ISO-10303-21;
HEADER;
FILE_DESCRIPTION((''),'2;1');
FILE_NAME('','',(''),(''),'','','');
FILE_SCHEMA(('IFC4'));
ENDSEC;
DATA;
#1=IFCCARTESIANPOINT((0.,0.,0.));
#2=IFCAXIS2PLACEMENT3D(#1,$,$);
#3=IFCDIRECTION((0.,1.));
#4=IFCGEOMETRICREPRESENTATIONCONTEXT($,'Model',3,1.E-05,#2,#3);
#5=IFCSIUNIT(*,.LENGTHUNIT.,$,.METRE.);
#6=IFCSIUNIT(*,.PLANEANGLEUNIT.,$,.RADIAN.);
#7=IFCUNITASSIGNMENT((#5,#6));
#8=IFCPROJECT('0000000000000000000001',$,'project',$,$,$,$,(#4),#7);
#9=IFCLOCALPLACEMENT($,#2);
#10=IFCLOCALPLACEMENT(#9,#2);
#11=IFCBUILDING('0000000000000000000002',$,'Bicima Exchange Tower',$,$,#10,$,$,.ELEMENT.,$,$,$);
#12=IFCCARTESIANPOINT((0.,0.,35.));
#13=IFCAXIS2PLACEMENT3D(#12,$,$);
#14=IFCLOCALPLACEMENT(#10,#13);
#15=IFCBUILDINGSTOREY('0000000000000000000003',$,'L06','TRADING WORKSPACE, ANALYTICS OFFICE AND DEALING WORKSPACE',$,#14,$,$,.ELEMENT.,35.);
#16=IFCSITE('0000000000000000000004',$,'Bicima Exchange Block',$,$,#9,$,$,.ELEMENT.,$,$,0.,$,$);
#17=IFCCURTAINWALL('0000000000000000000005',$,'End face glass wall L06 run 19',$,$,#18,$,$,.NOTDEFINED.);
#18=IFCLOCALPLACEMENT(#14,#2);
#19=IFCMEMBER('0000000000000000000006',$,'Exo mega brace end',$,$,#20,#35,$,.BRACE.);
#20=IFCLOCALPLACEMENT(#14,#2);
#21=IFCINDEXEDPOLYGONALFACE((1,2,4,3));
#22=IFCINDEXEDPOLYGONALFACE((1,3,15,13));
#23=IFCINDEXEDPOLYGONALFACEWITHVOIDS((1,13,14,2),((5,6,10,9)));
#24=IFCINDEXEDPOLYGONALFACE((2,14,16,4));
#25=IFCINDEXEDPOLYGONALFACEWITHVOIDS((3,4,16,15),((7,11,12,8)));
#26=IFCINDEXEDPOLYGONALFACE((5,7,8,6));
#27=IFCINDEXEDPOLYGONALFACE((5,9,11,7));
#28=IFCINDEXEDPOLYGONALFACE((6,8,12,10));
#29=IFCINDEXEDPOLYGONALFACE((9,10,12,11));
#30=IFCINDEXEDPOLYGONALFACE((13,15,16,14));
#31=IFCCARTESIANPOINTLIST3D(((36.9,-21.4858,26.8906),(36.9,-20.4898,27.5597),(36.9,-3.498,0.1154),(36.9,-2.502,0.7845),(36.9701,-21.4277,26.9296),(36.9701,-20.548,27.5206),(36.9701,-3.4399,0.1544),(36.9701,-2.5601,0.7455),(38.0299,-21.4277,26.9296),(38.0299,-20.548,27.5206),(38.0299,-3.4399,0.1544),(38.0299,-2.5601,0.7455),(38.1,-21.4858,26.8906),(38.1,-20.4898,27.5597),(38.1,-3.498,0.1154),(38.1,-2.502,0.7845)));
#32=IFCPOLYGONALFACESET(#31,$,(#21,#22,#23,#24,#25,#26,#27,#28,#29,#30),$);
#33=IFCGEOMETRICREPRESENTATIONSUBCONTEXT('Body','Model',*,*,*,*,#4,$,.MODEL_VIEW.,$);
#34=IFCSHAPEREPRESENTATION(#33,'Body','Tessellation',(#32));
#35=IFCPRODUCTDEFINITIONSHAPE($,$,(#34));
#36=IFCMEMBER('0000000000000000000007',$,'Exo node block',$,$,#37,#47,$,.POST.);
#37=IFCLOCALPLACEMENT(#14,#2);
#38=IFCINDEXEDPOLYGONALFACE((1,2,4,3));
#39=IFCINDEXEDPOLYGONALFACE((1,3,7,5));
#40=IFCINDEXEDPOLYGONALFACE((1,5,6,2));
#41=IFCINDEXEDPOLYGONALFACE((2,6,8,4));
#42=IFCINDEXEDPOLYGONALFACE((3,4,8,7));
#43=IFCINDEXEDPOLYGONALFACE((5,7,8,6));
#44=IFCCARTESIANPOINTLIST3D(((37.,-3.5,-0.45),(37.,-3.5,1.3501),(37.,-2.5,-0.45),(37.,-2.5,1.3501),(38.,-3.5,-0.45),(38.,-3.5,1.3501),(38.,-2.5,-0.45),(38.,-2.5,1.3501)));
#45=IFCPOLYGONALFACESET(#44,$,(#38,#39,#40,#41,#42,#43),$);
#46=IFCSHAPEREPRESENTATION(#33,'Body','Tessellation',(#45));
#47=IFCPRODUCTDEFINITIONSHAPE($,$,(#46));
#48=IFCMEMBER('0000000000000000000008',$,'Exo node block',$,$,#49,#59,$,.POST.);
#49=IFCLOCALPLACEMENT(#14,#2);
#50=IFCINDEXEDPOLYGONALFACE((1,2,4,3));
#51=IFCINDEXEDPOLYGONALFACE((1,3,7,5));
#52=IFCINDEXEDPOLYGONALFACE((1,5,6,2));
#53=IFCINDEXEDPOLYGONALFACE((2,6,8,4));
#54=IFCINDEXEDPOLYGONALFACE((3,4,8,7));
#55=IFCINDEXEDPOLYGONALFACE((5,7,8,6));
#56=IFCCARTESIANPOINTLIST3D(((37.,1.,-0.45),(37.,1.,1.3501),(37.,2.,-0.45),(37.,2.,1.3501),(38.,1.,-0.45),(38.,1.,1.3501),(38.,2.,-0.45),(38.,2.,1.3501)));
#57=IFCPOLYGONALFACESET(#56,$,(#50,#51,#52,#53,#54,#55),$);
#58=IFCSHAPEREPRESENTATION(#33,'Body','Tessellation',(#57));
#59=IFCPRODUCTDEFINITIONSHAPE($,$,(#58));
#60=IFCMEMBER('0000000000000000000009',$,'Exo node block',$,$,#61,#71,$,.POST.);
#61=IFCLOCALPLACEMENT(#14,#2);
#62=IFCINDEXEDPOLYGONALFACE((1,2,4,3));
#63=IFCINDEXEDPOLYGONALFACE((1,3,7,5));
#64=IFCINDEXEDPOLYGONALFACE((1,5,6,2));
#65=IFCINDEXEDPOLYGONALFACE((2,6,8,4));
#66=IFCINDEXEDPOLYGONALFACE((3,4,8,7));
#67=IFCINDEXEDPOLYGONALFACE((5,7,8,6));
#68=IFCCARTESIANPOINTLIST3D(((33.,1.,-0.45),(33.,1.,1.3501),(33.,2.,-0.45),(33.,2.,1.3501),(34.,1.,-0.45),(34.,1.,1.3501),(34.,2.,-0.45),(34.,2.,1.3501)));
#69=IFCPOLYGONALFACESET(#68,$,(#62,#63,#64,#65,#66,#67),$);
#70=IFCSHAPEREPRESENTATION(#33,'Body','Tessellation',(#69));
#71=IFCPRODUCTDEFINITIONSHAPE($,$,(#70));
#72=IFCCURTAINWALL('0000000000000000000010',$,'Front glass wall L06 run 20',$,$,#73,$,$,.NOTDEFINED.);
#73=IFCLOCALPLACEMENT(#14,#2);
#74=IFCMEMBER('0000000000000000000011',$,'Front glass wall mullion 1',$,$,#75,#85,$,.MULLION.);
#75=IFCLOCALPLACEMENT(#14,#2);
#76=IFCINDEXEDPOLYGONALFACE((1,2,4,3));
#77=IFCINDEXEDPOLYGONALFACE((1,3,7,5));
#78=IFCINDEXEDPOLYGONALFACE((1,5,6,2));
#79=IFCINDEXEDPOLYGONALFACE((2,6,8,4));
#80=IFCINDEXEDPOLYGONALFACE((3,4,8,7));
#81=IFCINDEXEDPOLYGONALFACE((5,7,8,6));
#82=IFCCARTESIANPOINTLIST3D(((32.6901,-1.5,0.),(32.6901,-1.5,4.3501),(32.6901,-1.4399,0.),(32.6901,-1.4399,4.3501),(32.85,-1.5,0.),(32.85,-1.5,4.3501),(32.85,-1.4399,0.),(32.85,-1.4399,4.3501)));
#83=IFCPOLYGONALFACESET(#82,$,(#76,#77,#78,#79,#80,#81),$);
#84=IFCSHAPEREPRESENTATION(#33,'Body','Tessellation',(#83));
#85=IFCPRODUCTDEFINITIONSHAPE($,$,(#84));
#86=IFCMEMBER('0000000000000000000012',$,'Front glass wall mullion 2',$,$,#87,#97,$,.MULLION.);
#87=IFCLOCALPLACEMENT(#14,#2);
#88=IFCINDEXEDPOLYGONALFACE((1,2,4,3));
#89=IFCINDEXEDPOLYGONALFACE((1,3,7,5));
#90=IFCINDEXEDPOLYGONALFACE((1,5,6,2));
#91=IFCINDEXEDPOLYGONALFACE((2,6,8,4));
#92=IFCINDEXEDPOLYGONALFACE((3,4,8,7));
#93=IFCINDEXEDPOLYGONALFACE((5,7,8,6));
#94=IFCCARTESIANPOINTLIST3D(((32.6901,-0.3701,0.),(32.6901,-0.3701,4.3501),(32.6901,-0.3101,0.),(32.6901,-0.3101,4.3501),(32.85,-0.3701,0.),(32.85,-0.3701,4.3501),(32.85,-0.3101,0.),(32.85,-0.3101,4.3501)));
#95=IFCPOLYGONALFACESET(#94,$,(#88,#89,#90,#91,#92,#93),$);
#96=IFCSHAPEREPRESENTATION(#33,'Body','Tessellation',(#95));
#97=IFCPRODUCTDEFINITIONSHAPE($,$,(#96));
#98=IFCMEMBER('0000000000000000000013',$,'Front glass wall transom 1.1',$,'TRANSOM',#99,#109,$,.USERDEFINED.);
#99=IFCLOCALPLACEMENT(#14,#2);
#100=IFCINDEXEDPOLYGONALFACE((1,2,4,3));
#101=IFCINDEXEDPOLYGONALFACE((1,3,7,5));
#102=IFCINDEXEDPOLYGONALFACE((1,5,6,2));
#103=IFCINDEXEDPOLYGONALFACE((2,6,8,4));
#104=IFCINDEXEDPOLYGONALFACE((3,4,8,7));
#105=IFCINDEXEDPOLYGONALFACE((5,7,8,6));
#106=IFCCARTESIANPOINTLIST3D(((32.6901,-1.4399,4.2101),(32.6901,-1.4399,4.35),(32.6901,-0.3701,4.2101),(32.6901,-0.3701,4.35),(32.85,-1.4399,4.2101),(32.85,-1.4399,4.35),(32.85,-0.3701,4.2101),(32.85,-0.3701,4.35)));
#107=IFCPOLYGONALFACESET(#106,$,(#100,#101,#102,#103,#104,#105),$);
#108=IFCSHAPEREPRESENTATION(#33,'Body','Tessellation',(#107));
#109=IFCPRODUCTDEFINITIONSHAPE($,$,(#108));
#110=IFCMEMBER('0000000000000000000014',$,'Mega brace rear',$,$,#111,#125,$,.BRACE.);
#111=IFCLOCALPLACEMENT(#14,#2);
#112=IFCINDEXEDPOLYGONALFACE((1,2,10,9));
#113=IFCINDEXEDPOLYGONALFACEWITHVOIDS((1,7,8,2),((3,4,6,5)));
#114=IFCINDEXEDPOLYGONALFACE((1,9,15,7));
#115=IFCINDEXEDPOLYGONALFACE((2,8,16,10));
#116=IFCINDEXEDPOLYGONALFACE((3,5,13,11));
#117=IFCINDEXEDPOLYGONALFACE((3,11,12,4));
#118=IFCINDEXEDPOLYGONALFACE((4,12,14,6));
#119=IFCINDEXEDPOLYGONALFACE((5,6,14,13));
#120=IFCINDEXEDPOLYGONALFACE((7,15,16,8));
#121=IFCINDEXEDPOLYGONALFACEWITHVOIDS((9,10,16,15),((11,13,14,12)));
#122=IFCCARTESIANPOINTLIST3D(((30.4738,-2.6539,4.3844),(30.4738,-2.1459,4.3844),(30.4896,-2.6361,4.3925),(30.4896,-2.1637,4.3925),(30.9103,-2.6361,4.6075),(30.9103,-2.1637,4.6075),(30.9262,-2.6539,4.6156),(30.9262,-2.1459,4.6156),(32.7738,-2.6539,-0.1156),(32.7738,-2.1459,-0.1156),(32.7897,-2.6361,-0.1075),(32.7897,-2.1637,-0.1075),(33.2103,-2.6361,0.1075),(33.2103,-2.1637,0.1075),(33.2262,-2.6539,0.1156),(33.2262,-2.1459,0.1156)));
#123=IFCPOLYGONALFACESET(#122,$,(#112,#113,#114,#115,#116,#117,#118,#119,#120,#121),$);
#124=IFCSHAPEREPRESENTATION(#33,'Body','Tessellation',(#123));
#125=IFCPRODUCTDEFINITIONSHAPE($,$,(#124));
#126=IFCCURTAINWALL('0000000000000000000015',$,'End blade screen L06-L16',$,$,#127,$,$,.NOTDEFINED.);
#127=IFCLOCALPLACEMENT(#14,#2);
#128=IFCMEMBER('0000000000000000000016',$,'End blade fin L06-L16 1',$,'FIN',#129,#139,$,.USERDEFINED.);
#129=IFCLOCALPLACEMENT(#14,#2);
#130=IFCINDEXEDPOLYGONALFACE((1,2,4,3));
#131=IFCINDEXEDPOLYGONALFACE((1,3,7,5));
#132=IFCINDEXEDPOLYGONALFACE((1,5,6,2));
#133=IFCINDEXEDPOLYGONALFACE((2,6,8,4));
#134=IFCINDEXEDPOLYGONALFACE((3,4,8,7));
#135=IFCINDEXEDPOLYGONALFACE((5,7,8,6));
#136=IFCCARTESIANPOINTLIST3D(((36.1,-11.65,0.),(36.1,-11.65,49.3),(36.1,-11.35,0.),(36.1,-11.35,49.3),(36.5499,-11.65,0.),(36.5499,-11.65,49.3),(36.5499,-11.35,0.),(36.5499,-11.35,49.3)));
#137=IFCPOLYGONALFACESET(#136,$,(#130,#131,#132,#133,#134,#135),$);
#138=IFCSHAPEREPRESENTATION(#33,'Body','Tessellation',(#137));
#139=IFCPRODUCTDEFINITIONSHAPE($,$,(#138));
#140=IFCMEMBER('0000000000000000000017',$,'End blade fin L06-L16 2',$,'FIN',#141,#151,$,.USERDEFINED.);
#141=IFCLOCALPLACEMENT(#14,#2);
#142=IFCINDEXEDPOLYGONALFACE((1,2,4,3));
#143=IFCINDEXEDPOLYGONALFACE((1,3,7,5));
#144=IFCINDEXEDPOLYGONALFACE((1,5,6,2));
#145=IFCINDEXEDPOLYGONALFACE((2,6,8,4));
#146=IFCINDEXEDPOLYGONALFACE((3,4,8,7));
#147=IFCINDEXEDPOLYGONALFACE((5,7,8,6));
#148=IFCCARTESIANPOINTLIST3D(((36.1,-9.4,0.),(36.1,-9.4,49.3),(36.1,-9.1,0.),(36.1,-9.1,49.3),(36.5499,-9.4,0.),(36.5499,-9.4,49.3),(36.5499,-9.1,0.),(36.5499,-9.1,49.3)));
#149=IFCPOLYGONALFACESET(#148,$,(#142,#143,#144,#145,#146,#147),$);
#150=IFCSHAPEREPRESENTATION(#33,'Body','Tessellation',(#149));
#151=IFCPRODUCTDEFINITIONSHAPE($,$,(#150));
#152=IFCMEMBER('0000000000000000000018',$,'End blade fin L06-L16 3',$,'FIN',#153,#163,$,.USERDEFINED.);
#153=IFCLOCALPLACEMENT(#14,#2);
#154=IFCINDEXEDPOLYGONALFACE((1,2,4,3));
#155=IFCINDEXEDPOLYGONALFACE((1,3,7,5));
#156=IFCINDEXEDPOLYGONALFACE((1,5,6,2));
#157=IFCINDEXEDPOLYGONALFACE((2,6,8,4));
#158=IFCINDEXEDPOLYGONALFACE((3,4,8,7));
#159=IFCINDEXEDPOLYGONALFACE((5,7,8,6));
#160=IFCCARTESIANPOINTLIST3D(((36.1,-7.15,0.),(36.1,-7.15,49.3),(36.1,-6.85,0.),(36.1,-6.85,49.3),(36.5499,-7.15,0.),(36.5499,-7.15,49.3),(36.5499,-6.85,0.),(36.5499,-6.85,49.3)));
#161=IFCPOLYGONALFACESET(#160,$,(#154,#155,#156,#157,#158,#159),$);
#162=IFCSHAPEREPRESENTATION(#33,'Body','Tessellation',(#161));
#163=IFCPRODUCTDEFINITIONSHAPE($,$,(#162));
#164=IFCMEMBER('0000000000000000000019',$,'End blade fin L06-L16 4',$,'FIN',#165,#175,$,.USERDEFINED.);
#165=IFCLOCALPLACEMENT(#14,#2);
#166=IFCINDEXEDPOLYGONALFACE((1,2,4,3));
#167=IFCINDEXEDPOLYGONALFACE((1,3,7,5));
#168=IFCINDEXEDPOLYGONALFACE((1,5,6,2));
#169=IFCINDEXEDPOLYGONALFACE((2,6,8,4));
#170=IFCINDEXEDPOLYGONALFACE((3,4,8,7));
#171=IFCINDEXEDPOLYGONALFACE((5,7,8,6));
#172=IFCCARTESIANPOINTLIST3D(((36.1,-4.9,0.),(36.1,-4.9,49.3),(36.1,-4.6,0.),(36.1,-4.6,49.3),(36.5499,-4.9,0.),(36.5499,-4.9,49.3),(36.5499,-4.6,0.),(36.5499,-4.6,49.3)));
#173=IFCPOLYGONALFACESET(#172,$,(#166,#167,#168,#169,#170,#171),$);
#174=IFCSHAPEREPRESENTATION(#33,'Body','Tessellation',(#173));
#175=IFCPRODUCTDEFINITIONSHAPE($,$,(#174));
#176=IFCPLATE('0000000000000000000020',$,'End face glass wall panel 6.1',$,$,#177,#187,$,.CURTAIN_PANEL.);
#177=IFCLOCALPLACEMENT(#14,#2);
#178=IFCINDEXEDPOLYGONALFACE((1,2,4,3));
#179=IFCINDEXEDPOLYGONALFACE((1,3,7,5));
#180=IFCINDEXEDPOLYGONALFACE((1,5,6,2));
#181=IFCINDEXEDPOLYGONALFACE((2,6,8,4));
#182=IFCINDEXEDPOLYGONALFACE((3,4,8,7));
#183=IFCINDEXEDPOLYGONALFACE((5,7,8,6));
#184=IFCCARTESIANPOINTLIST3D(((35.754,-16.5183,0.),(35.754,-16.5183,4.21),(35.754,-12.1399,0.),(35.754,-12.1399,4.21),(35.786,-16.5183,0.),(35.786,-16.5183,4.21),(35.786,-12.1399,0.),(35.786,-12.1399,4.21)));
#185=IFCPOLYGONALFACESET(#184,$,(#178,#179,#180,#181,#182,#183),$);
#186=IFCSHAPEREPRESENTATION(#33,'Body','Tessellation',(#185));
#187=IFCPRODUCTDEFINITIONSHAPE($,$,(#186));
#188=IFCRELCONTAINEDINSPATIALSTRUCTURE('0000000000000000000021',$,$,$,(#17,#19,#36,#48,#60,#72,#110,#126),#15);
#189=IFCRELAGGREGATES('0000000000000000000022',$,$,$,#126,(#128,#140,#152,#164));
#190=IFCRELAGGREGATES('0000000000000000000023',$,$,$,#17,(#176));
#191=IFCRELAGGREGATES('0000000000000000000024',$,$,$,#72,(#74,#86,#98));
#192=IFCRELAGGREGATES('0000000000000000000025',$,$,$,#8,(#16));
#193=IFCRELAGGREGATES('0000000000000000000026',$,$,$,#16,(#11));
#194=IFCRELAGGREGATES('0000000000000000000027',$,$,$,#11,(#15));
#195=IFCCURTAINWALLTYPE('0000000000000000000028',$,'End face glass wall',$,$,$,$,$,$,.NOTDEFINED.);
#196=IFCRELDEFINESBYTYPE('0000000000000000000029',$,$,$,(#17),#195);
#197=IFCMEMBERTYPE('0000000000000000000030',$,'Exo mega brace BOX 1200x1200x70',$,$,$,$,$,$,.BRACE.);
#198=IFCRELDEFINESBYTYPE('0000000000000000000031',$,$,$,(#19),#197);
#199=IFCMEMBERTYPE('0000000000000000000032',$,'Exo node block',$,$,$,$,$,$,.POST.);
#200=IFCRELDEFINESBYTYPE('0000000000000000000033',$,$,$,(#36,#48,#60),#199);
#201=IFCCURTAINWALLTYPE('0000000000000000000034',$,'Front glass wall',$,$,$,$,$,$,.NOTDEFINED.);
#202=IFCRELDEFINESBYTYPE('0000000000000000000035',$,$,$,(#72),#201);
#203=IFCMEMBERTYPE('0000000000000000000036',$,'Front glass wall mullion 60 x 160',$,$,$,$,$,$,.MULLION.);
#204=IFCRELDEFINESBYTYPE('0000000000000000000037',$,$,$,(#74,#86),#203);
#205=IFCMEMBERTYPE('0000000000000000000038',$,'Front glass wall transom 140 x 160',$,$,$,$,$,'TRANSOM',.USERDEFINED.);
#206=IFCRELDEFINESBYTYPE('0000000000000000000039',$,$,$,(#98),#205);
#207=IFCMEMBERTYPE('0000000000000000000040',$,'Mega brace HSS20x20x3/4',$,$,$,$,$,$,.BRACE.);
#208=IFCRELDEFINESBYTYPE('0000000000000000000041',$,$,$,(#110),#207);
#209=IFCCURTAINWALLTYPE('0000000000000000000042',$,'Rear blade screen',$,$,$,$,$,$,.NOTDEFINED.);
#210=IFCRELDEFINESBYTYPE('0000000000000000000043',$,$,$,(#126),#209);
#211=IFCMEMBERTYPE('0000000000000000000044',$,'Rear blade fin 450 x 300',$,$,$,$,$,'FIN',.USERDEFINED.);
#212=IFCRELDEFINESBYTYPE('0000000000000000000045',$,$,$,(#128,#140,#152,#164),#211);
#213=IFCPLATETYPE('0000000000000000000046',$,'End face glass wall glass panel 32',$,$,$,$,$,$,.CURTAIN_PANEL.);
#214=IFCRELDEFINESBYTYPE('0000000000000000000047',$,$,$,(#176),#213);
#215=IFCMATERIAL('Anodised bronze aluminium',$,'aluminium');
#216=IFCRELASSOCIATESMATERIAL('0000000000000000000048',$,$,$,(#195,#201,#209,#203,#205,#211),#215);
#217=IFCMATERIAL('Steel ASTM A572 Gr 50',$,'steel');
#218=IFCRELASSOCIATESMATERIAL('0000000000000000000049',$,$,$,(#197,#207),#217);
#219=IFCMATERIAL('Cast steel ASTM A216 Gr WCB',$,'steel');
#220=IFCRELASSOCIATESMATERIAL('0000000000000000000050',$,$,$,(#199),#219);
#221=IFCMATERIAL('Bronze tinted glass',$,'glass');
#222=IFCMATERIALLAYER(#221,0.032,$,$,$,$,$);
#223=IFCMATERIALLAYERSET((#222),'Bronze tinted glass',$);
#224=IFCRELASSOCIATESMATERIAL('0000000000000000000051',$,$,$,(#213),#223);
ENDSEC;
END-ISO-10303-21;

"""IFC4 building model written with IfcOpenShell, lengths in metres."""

from ifc_helpers import new_model, si_unit, direction, frame, origin, origin_2d, place, context, subcontext, project, spatial, rectangle, hollow_rectangle, extrude, material, layer, layer_set, material_profile, profile_set, type_object, element, aggregate, save


model = new_model("IFC4")

# Units and contexts
model_context = context("Model", 3, precision=1e-05, world=origin(), true_north=direction((0.0, 1.0)))
body_context = subcontext(model_context, "Body", "Model", "MODEL_VIEW")
ifc_project = project(units=[si_unit("LENGTHUNIT", "METRE"), si_unit("PLANEANGLEUNIT", "RADIAN")], contexts=[model_context])

# Site, building, storey
site_placement = place(None, origin())
site = spatial("IfcSite", under=ifc_project, at=site_placement, Name="Bicima Exchange Block", CompositionType="ELEMENT", RefElevation=0.0)
building_placement = place(site_placement, origin())
building = spatial("IfcBuilding", under=site, at=building_placement, Name="Bicima Exchange Tower", CompositionType="ELEMENT")
storey_placement = place(building_placement, frame((0.0, 0.0, 35.0)))
storey = spatial("IfcBuildingStorey", under=building, at=storey_placement, Name="L06", Description="TRADING WORKSPACE, ANALYTICS OFFICE AND DEALING WORKSPACE", CompositionType="ELEMENT", Elevation=35.0)

# Shared definitions
ifc_material_1 = material(Name="Steel ASTM A572 Gr 50", Category="steel")

# Curtain wall
ifc_material_2 = material(Name="Anodised bronze aluminium", Category="aluminium")
curtain_wall_type_1 = type_object("IfcCurtainWallType", Name="End face glass wall", PredefinedType="NOTDEFINED", material=ifc_material_2)
curtain_wall_1_placement = place(storey_placement, origin())
curtain_wall_1 = element("IfcCurtainWall", 1, at=curtain_wall_1_placement, inside=storey, type_object=curtain_wall_type_1, Name="End face glass wall L06 run 19", PredefinedType="NOTDEFINED")
ifc_material_profile_1 = material_profile(ifc_material_2, rectangle(XDim=0.1599, YDim=0.0601, at=origin_2d()))
ifc_profile_set_1 = profile_set([ifc_material_profile_1], Name="Anodised bronze aluminium")

# Members
ifc_material_profile_2 = material_profile(ifc_material_1, hollow_rectangle(XDim=1.2, YDim=1.2, WallThickness=0.0701, at=origin_2d()))
ifc_profile_set_2 = profile_set([ifc_material_profile_2], Name="Steel ASTM A572 Gr 50")
member_type_1 = type_object("IfcMemberType", Name="Exo mega brace BOX 1200x1200x70", PredefinedType="BRACE", material=ifc_profile_set_2)
member_1_placement = place(storey_placement, frame((37.5, -3.0, 0.45), z_axis=(0.0, -0.557652, 0.830075), x_axis=(1.0, 0.0, 0.0)))
element("IfcMember", 2, at=member_1_placement, inside=storey, type_object=member_type_1, Name="Exo mega brace end", PredefinedType="BRACE", context=body_context, shape_type="SweptSolid", body=[
    extrude(hollow_rectangle(XDim=1.2, YDim=1.2, WallThickness=0.0701, at=origin_2d()), origin(), (0.0, 0.0, 1.0), 32.2563),
])
ifc_material_3 = material(Name="Cast steel ASTM A216 Gr WCB", Category="steel")
ifc_material_profile_3 = material_profile(ifc_material_3, rectangle(XDim=1.0, YDim=1.0, at=origin_2d()))
ifc_profile_set_3 = profile_set([ifc_material_profile_3], Name="Cast steel ASTM A216 Gr WCB")
member_type_2 = type_object("IfcMemberType", Name="Exo node block", PredefinedType="POST", material=ifc_profile_set_3)
for number, where, z_axis, x_axis, name in (
    (3, (37.5, -3.0, -0.45), (0.0, 0.0, 1.0), (1.0, 0.0, 0.0), "Exo node block"),
    (4, (37.5, 1.5, -0.45), (0.0, 0.0, 1.0), (1.0, 0.0, 0.0), "Exo node block"),
    (5, (33.5, 1.5, -0.45), (0.0, 0.0, 1.0), (1.0, 0.0, 0.0), "Exo node block"),
):
    element("IfcMember", number, at=place(storey_placement, frame(where, z_axis=z_axis, x_axis=x_axis)), inside=storey, type_object=member_type_2, Name=name, PredefinedType="POST", context=body_context, shape_type="SweptSolid", body=[
        extrude(rectangle(XDim=1.0, YDim=1.0, at=origin_2d()), origin(), (0.0, 0.0, 1.0), 1.8),
    ])

# Curtain wall, members
curtain_wall_type_2 = type_object("IfcCurtainWallType", Name="Front glass wall", PredefinedType="NOTDEFINED", material=ifc_material_2)
curtain_wall_2_placement = place(storey_placement, origin())
curtain_wall_2 = element("IfcCurtainWall", 6, at=curtain_wall_2_placement, inside=storey, type_object=curtain_wall_type_2, Name="Front glass wall L06 run 20", PredefinedType="NOTDEFINED")
member_type_3 = type_object("IfcMemberType", Name="Front glass wall mullion 60 x 160", PredefinedType="MULLION", material=ifc_profile_set_1)
member_2_placement = place(storey_placement, frame((32.77, -1.47, 0.0), z_axis=(0.0, 0.0, 1.0), x_axis=(-1.0, 0.0, 0.0)))
member_2 = element("IfcMember", 7, at=member_2_placement, type_object=member_type_3, Name="Front glass wall mullion 1", PredefinedType="MULLION", context=body_context, shape_type="SweptSolid", body=[
    extrude(rectangle(XDim=0.1599, YDim=0.0601, at=origin_2d()), origin(), (0.0, 0.0, 1.0), 4.3501),
])
member_3_placement = place(storey_placement, frame((32.77, -0.3401, 0.0), z_axis=(0.0, 0.0, 1.0), x_axis=(-1.0, 0.0, 0.0)))
member_3 = element("IfcMember", 8, at=member_3_placement, type_object=member_type_3, Name="Front glass wall mullion 2", PredefinedType="MULLION", context=body_context, shape_type="SweptSolid", body=[
    extrude(rectangle(XDim=0.1599, YDim=0.0601, at=origin_2d()), origin(), (0.0, 0.0, 1.0), 4.3501),
])
ifc_material_profile_4 = material_profile(ifc_material_2, rectangle(XDim=0.1599, YDim=0.1399, at=origin_2d()))
ifc_profile_set_4 = profile_set([ifc_material_profile_4], Name="Anodised bronze aluminium")
member_type_4 = type_object("IfcMemberType", Name="Front glass wall transom 140 x 160", ElementType="TRANSOM", PredefinedType="USERDEFINED", material=ifc_profile_set_4)
member_4_placement = place(storey_placement, frame((32.77, -1.4399, 4.28), z_axis=(0.0, 1.0, 0.0), x_axis=(-1.0, 0.0, 0.0)))
member_4 = element("IfcMember", 9, at=member_4_placement, type_object=member_type_4, Name="Front glass wall transom 1.1", ObjectType="TRANSOM", PredefinedType="USERDEFINED", context=body_context, shape_type="SweptSolid", body=[
    extrude(rectangle(XDim=0.1599, YDim=0.1399, at=origin_2d()), origin(), (0.0, 0.0, 1.0), 1.0698),
])

# Member
ifc_material_profile_5 = material_profile(ifc_material_1, hollow_rectangle(XDim=0.5081, YDim=0.5081, WallThickness=0.0178, at=origin_2d()))
ifc_profile_set_5 = profile_set([ifc_material_profile_5], Name="Steel ASTM A572 Gr 50")
member_type_5 = type_object("IfcMemberType", Name="Mega brace HSS20x20x3/4", PredefinedType="BRACE", material=ifc_profile_set_5)
member_5_placement = place(storey_placement, frame((33.0, -2.3999, 0.0), z_axis=(-0.455119, 0.0, 0.890431), x_axis=(0.0, -1.0, 0.0)))
element("IfcMember", 10, at=member_5_placement, inside=storey, type_object=member_type_5, Name="Mega brace rear", PredefinedType="BRACE", context=body_context, shape_type="SweptSolid", body=[
    extrude(hollow_rectangle(XDim=0.5081, YDim=0.5081, WallThickness=0.0178, at=origin_2d()), origin(), (0.0, 0.0, 1.0), 5.0537),
])

# Curtain wall, members
curtain_wall_type_3 = type_object("IfcCurtainWallType", Name="Rear blade screen", PredefinedType="NOTDEFINED", material=ifc_material_2)
curtain_wall_3_placement = place(storey_placement, origin())
curtain_wall_3 = element("IfcCurtainWall", 11, at=curtain_wall_3_placement, inside=storey, type_object=curtain_wall_type_3, Name="End blade screen L06-L16", PredefinedType="NOTDEFINED")
ifc_material_profile_6 = material_profile(ifc_material_2, rectangle(XDim=0.45, YDim=0.3, at=origin_2d()))
ifc_profile_set_6 = profile_set([ifc_material_profile_6], Name="Anodised bronze aluminium")
member_type_6 = type_object("IfcMemberType", Name="Rear blade fin 450 x 300", ElementType="FIN", PredefinedType="USERDEFINED", material=ifc_profile_set_6)
member_6_placement = place(storey_placement, frame((36.325, -11.5, 0.0), z_axis=(0.0, 0.0, 1.0), x_axis=(1.0, 0.0, 0.0)))
member_6 = element("IfcMember", 12, at=member_6_placement, type_object=member_type_6, Name="End blade fin L06-L16 1", ObjectType="FIN", PredefinedType="USERDEFINED", context=body_context, shape_type="SweptSolid", body=[
    extrude(rectangle(XDim=0.45, YDim=0.3, at=origin_2d()), origin(), (0.0, 0.0, 1.0), 49.3),
])
member_7_placement = place(storey_placement, frame((36.325, -9.25, 0.0), z_axis=(0.0, 0.0, 1.0), x_axis=(1.0, 0.0, 0.0)))
member_7 = element("IfcMember", 13, at=member_7_placement, type_object=member_type_6, Name="End blade fin L06-L16 2", ObjectType="FIN", PredefinedType="USERDEFINED", context=body_context, shape_type="SweptSolid", body=[
    extrude(rectangle(XDim=0.45, YDim=0.3, at=origin_2d()), origin(), (0.0, 0.0, 1.0), 49.3),
])
member_8_placement = place(storey_placement, frame((36.325, -7.0, 0.0), z_axis=(0.0, 0.0, 1.0), x_axis=(1.0, 0.0, 0.0)))
member_8 = element("IfcMember", 14, at=member_8_placement, type_object=member_type_6, Name="End blade fin L06-L16 3", ObjectType="FIN", PredefinedType="USERDEFINED", context=body_context, shape_type="SweptSolid", body=[
    extrude(rectangle(XDim=0.45, YDim=0.3, at=origin_2d()), origin(), (0.0, 0.0, 1.0), 49.3),
])
member_9_placement = place(storey_placement, frame((36.325, -4.75, 0.0), z_axis=(0.0, 0.0, 1.0), x_axis=(1.0, 0.0, 0.0)))
member_9 = element("IfcMember", 15, at=member_9_placement, type_object=member_type_6, Name="End blade fin L06-L16 4", ObjectType="FIN", PredefinedType="USERDEFINED", context=body_context, shape_type="SweptSolid", body=[
    extrude(rectangle(XDim=0.45, YDim=0.3, at=origin_2d()), origin(), (0.0, 0.0, 1.0), 49.3),
])
aggregate(curtain_wall_3, [member_6, member_7, member_8, member_9])

# Plate
ifc_material_4 = material(Name="Bronze tinted glass", Category="glass")
ifc_layer_1 = layer(ifc_material_4, 0.032)
ifc_layer_set_1 = layer_set([ifc_layer_1], Name="Bronze tinted glass")
plate_type_1 = type_object("IfcPlateType", Name="End face glass wall glass panel 32", PredefinedType="CURTAIN_PANEL", material=ifc_layer_set_1)
plate_1_placement = place(storey_placement, frame((35.77, -14.3291, 0.0), z_axis=(0.0, 0.0, 1.0), x_axis=(0.0, 1.0, 0.0)))
plate_1 = element("IfcPlate", 16, at=plate_1_placement, type_object=plate_type_1, Name="End face glass wall panel 6.1", PredefinedType="CURTAIN_PANEL", context=body_context, shape_type="SweptSolid", body=[
    extrude(rectangle(XDim=4.3784, YDim=0.032, at=origin_2d()), origin(), (0.0, 0.0, 1.0), 4.21),
])
aggregate(curtain_wall_1, [plate_1])
aggregate(curtain_wall_2, [member_2, member_3, member_4])

save(model, "model.ifc")
